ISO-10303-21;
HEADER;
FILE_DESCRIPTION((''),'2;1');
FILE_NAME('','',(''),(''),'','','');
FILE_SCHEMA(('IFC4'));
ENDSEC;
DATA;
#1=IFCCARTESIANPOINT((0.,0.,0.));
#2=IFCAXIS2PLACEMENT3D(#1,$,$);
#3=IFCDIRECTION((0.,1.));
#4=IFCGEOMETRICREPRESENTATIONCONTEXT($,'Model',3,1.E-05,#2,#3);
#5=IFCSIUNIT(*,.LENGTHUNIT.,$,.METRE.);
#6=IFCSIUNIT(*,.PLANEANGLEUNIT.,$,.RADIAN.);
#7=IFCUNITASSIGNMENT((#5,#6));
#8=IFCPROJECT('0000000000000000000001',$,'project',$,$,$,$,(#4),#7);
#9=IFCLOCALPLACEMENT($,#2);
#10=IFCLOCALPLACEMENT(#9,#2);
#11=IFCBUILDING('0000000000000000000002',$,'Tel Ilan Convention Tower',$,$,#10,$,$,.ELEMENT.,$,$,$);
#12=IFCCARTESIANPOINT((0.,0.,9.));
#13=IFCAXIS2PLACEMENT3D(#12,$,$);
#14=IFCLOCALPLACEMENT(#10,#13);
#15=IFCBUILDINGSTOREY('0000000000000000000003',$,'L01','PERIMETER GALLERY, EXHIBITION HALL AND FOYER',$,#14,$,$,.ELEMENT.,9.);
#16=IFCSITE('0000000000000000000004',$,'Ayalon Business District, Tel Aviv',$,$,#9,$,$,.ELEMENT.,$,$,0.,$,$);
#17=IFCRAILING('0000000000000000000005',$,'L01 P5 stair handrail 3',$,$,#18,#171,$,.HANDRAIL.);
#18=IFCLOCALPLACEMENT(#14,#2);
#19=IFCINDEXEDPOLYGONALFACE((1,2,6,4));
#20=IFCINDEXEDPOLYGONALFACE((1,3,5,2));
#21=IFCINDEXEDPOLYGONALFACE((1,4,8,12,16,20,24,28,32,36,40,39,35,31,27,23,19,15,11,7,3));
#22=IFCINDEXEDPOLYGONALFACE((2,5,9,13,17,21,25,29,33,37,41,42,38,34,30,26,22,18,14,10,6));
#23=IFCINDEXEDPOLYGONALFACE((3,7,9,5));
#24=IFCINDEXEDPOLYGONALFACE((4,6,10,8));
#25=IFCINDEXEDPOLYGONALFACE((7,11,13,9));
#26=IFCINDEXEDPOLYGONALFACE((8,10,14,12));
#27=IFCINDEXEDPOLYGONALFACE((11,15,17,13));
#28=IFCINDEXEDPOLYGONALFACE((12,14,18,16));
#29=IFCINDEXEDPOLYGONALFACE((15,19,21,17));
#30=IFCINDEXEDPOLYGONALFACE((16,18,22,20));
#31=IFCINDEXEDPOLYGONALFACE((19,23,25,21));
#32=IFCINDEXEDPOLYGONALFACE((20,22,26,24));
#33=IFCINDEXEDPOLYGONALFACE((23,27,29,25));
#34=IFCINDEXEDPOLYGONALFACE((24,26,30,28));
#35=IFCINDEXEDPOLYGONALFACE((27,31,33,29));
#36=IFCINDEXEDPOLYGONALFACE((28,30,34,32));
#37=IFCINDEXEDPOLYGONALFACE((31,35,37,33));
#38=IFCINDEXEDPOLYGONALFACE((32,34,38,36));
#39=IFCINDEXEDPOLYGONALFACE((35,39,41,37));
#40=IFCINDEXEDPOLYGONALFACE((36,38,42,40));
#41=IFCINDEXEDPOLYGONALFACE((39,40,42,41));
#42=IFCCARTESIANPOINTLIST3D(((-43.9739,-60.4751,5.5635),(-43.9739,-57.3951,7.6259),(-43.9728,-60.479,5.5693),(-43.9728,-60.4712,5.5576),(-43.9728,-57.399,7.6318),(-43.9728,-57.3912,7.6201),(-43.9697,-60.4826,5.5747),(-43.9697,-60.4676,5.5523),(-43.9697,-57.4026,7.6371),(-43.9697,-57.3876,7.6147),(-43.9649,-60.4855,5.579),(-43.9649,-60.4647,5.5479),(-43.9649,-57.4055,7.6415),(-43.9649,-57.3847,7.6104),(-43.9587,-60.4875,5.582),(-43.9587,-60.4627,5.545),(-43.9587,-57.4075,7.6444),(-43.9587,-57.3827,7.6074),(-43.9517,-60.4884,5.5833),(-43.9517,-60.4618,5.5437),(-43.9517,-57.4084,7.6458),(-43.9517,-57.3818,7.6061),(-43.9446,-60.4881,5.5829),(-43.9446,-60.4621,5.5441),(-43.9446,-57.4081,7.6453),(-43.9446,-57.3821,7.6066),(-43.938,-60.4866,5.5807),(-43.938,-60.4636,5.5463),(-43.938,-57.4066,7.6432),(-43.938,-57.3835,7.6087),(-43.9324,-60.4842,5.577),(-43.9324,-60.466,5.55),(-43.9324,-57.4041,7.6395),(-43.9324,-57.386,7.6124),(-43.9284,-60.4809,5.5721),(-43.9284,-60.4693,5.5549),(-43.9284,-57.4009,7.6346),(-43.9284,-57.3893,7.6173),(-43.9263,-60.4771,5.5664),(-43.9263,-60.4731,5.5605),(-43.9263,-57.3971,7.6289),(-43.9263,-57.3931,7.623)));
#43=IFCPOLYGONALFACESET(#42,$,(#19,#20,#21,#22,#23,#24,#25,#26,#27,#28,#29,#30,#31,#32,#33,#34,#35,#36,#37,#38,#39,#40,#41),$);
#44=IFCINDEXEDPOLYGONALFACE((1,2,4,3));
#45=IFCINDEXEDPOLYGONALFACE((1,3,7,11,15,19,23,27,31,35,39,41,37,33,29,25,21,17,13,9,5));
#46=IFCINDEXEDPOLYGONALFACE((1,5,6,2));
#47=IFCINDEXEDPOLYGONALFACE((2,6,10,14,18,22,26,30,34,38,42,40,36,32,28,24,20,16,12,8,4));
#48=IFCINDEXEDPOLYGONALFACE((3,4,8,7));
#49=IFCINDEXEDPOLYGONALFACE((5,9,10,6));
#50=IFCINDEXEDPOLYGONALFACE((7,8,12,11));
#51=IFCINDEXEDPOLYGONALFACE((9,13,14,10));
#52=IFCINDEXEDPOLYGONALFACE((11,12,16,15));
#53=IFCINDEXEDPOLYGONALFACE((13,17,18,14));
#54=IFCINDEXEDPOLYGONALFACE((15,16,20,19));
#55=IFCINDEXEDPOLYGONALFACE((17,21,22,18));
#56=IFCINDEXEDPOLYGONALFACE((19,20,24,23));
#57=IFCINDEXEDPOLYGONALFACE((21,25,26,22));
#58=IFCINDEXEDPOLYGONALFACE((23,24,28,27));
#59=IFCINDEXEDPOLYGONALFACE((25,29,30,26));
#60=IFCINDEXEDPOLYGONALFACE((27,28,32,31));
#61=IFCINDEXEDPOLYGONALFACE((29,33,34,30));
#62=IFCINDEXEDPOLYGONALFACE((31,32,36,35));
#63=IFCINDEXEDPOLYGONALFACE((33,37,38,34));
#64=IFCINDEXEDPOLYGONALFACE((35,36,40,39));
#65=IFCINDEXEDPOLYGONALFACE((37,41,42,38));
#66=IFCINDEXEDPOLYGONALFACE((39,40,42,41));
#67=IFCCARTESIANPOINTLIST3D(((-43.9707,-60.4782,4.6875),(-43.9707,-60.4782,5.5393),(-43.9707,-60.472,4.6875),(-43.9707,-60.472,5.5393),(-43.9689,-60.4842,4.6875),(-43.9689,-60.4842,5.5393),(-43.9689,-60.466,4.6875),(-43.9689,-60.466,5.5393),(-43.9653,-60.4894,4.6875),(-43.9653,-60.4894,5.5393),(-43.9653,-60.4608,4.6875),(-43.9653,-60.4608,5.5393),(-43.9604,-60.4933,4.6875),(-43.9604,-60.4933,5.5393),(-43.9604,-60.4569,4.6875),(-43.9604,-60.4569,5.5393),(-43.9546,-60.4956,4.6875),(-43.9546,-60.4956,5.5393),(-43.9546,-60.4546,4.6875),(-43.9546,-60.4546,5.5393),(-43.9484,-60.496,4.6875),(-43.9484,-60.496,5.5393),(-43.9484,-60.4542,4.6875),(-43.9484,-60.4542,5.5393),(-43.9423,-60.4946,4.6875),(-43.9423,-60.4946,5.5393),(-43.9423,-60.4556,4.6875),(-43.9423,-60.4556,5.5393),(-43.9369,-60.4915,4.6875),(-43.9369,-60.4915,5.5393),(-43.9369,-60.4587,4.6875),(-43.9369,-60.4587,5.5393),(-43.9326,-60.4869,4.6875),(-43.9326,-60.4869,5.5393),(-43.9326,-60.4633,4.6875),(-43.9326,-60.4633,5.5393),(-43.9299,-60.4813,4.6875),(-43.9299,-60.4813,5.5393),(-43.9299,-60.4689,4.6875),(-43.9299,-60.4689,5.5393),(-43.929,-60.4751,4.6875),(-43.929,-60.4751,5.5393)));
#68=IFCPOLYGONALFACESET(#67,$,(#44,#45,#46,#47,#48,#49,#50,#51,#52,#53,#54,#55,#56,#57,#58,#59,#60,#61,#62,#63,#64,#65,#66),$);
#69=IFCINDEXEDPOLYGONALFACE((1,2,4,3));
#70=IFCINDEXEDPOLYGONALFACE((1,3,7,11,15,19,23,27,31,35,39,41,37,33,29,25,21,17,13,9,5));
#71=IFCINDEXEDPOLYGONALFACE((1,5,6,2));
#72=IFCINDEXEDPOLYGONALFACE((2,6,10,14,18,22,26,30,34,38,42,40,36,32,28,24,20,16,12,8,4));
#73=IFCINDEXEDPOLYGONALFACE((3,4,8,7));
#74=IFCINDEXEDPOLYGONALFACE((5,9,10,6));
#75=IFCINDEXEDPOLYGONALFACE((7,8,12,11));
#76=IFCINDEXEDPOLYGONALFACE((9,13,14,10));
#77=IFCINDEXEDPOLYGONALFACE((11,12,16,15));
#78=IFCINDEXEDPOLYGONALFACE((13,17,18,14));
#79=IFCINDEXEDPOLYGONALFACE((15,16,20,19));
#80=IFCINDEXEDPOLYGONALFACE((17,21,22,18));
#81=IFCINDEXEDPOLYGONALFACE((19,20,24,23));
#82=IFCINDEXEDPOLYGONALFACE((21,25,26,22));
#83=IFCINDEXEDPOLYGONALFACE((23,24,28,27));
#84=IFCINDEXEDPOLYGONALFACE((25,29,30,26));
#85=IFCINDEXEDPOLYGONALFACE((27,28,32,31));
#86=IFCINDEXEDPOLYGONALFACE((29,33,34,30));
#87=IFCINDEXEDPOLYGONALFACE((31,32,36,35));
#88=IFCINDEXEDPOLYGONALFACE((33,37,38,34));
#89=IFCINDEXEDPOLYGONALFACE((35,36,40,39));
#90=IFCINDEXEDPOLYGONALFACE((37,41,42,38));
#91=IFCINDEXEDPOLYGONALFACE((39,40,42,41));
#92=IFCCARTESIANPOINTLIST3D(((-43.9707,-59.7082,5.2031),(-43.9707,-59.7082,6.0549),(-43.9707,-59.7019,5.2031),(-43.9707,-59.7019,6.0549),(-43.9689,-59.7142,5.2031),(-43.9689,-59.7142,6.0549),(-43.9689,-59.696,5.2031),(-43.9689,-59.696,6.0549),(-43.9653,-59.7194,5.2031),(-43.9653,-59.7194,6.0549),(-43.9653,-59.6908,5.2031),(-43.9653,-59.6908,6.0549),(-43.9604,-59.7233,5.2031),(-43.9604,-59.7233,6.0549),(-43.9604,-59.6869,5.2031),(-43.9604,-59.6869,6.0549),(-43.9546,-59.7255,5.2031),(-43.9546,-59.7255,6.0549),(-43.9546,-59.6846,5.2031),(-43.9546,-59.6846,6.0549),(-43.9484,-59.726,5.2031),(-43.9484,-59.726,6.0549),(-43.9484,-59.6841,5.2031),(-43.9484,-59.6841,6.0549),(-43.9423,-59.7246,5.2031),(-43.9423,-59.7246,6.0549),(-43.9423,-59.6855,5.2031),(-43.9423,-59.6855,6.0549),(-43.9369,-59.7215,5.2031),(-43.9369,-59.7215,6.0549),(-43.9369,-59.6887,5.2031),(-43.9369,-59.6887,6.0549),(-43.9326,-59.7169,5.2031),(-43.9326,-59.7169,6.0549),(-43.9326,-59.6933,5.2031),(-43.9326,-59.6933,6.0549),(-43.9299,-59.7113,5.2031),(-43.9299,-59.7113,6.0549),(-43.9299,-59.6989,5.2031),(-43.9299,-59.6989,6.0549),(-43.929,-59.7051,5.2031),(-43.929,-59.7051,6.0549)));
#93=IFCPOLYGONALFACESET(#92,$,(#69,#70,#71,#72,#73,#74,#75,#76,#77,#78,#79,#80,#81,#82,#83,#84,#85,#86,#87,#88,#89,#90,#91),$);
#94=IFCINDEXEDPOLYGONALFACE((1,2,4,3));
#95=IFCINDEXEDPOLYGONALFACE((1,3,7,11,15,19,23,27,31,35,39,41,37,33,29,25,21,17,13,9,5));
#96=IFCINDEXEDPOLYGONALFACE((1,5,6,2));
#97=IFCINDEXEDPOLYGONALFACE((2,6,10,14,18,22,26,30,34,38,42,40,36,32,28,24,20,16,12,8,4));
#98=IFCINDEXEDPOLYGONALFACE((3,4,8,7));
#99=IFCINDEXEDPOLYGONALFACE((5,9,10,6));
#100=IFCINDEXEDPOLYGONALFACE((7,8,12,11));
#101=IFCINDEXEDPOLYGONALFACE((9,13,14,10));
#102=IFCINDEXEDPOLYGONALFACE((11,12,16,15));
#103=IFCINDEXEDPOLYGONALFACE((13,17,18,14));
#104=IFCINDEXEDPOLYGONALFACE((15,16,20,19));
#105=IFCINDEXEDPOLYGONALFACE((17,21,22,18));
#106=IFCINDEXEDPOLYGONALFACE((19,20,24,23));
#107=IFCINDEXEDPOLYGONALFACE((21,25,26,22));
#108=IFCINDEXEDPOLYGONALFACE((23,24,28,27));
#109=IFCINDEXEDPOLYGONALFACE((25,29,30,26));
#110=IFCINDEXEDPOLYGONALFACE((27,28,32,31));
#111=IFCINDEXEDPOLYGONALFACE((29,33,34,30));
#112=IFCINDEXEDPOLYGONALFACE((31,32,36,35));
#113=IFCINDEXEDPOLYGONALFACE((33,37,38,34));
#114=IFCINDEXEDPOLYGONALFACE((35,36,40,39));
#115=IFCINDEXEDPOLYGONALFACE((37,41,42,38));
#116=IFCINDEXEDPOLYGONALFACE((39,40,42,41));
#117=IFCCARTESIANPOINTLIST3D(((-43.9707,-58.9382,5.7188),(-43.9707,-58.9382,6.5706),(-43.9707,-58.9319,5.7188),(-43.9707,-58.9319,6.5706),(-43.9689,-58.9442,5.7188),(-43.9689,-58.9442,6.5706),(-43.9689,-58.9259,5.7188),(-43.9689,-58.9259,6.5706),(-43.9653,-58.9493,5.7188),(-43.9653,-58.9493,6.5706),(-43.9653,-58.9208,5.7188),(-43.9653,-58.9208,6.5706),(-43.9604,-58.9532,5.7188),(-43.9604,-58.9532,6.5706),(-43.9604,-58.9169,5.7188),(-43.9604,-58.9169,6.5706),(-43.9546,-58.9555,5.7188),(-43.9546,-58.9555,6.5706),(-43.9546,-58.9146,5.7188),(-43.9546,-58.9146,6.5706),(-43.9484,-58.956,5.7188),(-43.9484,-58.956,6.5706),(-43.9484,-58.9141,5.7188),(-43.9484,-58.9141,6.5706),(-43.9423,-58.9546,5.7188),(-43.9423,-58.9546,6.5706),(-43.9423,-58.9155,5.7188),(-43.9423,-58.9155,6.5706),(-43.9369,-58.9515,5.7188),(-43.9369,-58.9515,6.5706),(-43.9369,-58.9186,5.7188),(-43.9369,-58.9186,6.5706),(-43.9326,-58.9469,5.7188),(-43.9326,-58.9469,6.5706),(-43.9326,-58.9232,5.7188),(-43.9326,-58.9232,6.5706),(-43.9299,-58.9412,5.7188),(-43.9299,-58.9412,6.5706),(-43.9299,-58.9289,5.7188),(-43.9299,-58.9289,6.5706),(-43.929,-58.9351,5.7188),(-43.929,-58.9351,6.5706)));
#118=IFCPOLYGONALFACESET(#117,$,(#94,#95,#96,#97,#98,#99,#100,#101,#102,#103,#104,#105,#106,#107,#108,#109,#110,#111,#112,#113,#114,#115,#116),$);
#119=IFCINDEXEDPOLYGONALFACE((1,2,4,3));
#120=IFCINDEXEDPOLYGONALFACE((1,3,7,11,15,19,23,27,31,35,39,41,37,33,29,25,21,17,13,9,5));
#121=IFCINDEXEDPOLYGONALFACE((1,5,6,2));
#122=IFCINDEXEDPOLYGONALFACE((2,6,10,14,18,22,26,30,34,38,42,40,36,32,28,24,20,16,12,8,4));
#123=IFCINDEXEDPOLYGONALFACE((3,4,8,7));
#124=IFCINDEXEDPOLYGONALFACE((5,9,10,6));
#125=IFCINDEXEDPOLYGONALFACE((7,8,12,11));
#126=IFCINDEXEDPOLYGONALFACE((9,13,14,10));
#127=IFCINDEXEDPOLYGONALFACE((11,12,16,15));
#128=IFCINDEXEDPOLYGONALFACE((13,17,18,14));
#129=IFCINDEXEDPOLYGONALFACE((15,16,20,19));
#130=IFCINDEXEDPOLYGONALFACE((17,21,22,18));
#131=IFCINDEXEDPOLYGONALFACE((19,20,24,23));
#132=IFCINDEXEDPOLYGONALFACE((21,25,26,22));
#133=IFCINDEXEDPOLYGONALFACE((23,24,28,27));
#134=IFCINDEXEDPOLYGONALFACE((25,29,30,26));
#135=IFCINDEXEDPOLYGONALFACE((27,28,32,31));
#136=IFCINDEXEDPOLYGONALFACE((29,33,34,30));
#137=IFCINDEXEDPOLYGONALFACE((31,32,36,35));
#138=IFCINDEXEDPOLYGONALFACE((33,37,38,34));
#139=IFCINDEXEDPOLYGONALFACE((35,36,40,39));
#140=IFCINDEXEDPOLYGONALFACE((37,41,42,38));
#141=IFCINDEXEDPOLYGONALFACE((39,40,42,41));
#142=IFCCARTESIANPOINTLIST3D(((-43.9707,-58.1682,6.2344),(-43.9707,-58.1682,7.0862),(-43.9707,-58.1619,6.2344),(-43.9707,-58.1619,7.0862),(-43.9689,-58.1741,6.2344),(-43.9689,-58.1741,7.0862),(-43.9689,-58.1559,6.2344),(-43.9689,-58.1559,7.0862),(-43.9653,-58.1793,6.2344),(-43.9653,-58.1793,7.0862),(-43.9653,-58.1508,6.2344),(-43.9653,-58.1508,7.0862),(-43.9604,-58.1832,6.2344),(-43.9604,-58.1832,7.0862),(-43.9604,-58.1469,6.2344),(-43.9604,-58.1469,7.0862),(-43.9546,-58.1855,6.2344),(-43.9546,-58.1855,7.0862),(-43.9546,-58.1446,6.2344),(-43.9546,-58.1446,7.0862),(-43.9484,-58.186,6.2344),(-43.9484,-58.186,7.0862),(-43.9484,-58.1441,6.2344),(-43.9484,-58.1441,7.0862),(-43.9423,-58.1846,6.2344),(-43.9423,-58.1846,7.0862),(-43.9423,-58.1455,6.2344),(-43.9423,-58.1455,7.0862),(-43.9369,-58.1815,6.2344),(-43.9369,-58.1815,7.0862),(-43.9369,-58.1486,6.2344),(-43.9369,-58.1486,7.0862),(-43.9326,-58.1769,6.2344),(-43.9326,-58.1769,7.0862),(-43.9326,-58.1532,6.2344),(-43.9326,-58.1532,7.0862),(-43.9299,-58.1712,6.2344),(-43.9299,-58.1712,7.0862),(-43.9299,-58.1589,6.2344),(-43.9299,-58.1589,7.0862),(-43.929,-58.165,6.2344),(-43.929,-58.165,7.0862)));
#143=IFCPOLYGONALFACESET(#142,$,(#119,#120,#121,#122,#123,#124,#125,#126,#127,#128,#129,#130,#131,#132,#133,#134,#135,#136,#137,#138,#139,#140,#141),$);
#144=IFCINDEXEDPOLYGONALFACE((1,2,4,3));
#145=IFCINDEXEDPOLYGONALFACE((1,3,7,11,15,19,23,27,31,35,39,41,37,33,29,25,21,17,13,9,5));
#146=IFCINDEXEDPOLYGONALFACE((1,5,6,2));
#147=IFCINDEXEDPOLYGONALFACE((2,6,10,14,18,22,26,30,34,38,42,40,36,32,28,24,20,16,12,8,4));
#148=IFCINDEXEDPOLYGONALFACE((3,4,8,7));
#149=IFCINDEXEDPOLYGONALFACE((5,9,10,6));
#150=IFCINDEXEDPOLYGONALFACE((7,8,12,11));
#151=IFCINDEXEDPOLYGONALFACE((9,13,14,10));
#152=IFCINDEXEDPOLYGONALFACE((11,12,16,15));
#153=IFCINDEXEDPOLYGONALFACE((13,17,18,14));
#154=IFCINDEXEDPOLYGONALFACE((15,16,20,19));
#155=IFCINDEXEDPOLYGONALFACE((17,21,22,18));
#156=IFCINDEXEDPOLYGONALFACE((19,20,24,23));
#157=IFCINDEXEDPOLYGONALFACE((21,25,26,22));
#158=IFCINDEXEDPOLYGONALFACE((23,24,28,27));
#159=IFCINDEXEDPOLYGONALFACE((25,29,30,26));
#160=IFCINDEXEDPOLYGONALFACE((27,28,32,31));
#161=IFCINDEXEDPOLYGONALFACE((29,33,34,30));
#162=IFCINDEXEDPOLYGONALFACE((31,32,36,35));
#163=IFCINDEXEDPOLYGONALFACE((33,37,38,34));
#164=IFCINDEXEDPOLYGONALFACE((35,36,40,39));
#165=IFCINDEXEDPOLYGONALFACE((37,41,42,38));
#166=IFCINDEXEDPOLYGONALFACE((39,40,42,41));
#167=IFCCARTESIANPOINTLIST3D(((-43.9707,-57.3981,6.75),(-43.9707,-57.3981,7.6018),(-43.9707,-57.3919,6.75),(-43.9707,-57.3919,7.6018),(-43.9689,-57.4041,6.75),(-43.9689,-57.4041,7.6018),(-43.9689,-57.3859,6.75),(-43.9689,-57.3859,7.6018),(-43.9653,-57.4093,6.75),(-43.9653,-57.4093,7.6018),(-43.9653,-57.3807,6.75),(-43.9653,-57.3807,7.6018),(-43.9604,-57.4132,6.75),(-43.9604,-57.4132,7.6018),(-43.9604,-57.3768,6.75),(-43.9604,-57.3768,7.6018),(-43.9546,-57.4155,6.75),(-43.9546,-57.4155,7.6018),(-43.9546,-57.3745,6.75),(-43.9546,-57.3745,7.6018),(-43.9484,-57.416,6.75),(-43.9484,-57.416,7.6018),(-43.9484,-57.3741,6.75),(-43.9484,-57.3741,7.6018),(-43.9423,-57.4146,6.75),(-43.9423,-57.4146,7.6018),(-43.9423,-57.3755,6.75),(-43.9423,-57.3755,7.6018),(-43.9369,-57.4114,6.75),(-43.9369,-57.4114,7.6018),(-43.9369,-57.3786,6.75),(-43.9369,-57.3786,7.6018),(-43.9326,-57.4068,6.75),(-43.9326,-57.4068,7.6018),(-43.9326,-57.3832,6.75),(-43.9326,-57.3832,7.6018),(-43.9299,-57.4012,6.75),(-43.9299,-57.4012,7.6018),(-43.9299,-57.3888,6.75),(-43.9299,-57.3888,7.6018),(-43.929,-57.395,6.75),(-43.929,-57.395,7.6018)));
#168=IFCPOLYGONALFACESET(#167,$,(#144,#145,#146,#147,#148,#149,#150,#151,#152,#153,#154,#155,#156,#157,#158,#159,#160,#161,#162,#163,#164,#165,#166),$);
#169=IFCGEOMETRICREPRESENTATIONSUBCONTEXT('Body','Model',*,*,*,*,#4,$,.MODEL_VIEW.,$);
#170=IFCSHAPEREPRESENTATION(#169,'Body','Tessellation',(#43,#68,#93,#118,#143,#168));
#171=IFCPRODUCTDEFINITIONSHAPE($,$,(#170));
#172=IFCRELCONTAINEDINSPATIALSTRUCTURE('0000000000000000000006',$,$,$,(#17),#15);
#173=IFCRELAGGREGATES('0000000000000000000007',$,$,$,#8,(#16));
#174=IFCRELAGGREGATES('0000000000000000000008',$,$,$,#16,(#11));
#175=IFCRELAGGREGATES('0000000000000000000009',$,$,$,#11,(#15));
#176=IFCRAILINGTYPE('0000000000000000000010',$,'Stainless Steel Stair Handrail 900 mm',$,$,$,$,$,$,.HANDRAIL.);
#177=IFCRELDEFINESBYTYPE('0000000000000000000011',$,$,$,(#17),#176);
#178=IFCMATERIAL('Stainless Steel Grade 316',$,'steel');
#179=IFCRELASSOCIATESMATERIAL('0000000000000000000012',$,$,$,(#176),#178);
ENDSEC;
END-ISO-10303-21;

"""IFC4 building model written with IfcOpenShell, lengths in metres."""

from ifc_helpers import new_model, si_unit, direction, frame, origin, origin_2d, place, context, subcontext, project, spatial, circle, extrude, material, type_object, element, save


model = new_model("IFC4")

# Units and contexts
model_context = context("Model", 3, precision=1e-05, world=origin(), true_north=direction((0.0, 1.0)))
body_context = subcontext(model_context, "Body", "Model", "MODEL_VIEW")
ifc_project = project(units=[si_unit("LENGTHUNIT", "METRE"), si_unit("PLANEANGLEUNIT", "RADIAN")], contexts=[model_context])

# Site, building, storey
site_placement = place(None, origin())
site = spatial("IfcSite", under=ifc_project, at=site_placement, Name="Ayalon Business District, Tel Aviv", CompositionType="ELEMENT", RefElevation=0.0)
building_placement = place(site_placement, origin())
building = spatial("IfcBuilding", under=site, at=building_placement, Name="Tel Ilan Convention Tower", CompositionType="ELEMENT")
storey_placement = place(building_placement, frame((0.0, 0.0, 9.0)))
storey = spatial("IfcBuildingStorey", under=building, at=storey_placement, Name="L01", Description="PERIMETER GALLERY, EXHIBITION HALL AND FOYER", CompositionType="ELEMENT", Elevation=9.0)

# Railing
ifc_material_1 = material(Name="Stainless Steel Grade 316", Category="steel")
railing_type_1 = type_object("IfcRailingType", Name="Stainless Steel Stair Handrail 900 mm", PredefinedType="HANDRAIL", material=ifc_material_1)
railing_1_placement = place(storey_placement, frame((-43.95, -60.4751, 4.6875)))
element("IfcRailing", 1, at=railing_1_placement, inside=storey, type_object=railing_type_1, Name="L01 P5 stair handrail 3", PredefinedType="HANDRAIL", context=body_context, shape_type="SweptSolid", body=[
    extrude(circle(Radius=0.0239, at=origin_2d()), frame((0.0, 0.0, 0.876), z_axis=(0.0, 0.830914, 0.556401), x_axis=(-1.0, 0.0, 0.0)), (0.0, 0.0, 1.0), 3.7068),
    extrude(circle(Radius=0.021, at=origin_2d()), origin(), (0.0, 0.0, 1.0), 0.8518),
    extrude(circle(Radius=0.021, at=origin_2d()), frame((0.0, 0.77, 0.5156)), (0.0, 0.0, 1.0), 0.8518),
    extrude(circle(Radius=0.021, at=origin_2d()), frame((0.0, 1.54, 1.0312)), (0.0, 0.0, 1.0), 0.8518),
    extrude(circle(Radius=0.021, at=origin_2d()), frame((0.0, 2.3101, 1.5469)), (0.0, 0.0, 1.0), 0.8518),
    extrude(circle(Radius=0.021, at=origin_2d()), frame((0.0, 3.0801, 2.0625)), (0.0, 0.0, 1.0), 0.8518),
])

save(model, "model.ifc")
